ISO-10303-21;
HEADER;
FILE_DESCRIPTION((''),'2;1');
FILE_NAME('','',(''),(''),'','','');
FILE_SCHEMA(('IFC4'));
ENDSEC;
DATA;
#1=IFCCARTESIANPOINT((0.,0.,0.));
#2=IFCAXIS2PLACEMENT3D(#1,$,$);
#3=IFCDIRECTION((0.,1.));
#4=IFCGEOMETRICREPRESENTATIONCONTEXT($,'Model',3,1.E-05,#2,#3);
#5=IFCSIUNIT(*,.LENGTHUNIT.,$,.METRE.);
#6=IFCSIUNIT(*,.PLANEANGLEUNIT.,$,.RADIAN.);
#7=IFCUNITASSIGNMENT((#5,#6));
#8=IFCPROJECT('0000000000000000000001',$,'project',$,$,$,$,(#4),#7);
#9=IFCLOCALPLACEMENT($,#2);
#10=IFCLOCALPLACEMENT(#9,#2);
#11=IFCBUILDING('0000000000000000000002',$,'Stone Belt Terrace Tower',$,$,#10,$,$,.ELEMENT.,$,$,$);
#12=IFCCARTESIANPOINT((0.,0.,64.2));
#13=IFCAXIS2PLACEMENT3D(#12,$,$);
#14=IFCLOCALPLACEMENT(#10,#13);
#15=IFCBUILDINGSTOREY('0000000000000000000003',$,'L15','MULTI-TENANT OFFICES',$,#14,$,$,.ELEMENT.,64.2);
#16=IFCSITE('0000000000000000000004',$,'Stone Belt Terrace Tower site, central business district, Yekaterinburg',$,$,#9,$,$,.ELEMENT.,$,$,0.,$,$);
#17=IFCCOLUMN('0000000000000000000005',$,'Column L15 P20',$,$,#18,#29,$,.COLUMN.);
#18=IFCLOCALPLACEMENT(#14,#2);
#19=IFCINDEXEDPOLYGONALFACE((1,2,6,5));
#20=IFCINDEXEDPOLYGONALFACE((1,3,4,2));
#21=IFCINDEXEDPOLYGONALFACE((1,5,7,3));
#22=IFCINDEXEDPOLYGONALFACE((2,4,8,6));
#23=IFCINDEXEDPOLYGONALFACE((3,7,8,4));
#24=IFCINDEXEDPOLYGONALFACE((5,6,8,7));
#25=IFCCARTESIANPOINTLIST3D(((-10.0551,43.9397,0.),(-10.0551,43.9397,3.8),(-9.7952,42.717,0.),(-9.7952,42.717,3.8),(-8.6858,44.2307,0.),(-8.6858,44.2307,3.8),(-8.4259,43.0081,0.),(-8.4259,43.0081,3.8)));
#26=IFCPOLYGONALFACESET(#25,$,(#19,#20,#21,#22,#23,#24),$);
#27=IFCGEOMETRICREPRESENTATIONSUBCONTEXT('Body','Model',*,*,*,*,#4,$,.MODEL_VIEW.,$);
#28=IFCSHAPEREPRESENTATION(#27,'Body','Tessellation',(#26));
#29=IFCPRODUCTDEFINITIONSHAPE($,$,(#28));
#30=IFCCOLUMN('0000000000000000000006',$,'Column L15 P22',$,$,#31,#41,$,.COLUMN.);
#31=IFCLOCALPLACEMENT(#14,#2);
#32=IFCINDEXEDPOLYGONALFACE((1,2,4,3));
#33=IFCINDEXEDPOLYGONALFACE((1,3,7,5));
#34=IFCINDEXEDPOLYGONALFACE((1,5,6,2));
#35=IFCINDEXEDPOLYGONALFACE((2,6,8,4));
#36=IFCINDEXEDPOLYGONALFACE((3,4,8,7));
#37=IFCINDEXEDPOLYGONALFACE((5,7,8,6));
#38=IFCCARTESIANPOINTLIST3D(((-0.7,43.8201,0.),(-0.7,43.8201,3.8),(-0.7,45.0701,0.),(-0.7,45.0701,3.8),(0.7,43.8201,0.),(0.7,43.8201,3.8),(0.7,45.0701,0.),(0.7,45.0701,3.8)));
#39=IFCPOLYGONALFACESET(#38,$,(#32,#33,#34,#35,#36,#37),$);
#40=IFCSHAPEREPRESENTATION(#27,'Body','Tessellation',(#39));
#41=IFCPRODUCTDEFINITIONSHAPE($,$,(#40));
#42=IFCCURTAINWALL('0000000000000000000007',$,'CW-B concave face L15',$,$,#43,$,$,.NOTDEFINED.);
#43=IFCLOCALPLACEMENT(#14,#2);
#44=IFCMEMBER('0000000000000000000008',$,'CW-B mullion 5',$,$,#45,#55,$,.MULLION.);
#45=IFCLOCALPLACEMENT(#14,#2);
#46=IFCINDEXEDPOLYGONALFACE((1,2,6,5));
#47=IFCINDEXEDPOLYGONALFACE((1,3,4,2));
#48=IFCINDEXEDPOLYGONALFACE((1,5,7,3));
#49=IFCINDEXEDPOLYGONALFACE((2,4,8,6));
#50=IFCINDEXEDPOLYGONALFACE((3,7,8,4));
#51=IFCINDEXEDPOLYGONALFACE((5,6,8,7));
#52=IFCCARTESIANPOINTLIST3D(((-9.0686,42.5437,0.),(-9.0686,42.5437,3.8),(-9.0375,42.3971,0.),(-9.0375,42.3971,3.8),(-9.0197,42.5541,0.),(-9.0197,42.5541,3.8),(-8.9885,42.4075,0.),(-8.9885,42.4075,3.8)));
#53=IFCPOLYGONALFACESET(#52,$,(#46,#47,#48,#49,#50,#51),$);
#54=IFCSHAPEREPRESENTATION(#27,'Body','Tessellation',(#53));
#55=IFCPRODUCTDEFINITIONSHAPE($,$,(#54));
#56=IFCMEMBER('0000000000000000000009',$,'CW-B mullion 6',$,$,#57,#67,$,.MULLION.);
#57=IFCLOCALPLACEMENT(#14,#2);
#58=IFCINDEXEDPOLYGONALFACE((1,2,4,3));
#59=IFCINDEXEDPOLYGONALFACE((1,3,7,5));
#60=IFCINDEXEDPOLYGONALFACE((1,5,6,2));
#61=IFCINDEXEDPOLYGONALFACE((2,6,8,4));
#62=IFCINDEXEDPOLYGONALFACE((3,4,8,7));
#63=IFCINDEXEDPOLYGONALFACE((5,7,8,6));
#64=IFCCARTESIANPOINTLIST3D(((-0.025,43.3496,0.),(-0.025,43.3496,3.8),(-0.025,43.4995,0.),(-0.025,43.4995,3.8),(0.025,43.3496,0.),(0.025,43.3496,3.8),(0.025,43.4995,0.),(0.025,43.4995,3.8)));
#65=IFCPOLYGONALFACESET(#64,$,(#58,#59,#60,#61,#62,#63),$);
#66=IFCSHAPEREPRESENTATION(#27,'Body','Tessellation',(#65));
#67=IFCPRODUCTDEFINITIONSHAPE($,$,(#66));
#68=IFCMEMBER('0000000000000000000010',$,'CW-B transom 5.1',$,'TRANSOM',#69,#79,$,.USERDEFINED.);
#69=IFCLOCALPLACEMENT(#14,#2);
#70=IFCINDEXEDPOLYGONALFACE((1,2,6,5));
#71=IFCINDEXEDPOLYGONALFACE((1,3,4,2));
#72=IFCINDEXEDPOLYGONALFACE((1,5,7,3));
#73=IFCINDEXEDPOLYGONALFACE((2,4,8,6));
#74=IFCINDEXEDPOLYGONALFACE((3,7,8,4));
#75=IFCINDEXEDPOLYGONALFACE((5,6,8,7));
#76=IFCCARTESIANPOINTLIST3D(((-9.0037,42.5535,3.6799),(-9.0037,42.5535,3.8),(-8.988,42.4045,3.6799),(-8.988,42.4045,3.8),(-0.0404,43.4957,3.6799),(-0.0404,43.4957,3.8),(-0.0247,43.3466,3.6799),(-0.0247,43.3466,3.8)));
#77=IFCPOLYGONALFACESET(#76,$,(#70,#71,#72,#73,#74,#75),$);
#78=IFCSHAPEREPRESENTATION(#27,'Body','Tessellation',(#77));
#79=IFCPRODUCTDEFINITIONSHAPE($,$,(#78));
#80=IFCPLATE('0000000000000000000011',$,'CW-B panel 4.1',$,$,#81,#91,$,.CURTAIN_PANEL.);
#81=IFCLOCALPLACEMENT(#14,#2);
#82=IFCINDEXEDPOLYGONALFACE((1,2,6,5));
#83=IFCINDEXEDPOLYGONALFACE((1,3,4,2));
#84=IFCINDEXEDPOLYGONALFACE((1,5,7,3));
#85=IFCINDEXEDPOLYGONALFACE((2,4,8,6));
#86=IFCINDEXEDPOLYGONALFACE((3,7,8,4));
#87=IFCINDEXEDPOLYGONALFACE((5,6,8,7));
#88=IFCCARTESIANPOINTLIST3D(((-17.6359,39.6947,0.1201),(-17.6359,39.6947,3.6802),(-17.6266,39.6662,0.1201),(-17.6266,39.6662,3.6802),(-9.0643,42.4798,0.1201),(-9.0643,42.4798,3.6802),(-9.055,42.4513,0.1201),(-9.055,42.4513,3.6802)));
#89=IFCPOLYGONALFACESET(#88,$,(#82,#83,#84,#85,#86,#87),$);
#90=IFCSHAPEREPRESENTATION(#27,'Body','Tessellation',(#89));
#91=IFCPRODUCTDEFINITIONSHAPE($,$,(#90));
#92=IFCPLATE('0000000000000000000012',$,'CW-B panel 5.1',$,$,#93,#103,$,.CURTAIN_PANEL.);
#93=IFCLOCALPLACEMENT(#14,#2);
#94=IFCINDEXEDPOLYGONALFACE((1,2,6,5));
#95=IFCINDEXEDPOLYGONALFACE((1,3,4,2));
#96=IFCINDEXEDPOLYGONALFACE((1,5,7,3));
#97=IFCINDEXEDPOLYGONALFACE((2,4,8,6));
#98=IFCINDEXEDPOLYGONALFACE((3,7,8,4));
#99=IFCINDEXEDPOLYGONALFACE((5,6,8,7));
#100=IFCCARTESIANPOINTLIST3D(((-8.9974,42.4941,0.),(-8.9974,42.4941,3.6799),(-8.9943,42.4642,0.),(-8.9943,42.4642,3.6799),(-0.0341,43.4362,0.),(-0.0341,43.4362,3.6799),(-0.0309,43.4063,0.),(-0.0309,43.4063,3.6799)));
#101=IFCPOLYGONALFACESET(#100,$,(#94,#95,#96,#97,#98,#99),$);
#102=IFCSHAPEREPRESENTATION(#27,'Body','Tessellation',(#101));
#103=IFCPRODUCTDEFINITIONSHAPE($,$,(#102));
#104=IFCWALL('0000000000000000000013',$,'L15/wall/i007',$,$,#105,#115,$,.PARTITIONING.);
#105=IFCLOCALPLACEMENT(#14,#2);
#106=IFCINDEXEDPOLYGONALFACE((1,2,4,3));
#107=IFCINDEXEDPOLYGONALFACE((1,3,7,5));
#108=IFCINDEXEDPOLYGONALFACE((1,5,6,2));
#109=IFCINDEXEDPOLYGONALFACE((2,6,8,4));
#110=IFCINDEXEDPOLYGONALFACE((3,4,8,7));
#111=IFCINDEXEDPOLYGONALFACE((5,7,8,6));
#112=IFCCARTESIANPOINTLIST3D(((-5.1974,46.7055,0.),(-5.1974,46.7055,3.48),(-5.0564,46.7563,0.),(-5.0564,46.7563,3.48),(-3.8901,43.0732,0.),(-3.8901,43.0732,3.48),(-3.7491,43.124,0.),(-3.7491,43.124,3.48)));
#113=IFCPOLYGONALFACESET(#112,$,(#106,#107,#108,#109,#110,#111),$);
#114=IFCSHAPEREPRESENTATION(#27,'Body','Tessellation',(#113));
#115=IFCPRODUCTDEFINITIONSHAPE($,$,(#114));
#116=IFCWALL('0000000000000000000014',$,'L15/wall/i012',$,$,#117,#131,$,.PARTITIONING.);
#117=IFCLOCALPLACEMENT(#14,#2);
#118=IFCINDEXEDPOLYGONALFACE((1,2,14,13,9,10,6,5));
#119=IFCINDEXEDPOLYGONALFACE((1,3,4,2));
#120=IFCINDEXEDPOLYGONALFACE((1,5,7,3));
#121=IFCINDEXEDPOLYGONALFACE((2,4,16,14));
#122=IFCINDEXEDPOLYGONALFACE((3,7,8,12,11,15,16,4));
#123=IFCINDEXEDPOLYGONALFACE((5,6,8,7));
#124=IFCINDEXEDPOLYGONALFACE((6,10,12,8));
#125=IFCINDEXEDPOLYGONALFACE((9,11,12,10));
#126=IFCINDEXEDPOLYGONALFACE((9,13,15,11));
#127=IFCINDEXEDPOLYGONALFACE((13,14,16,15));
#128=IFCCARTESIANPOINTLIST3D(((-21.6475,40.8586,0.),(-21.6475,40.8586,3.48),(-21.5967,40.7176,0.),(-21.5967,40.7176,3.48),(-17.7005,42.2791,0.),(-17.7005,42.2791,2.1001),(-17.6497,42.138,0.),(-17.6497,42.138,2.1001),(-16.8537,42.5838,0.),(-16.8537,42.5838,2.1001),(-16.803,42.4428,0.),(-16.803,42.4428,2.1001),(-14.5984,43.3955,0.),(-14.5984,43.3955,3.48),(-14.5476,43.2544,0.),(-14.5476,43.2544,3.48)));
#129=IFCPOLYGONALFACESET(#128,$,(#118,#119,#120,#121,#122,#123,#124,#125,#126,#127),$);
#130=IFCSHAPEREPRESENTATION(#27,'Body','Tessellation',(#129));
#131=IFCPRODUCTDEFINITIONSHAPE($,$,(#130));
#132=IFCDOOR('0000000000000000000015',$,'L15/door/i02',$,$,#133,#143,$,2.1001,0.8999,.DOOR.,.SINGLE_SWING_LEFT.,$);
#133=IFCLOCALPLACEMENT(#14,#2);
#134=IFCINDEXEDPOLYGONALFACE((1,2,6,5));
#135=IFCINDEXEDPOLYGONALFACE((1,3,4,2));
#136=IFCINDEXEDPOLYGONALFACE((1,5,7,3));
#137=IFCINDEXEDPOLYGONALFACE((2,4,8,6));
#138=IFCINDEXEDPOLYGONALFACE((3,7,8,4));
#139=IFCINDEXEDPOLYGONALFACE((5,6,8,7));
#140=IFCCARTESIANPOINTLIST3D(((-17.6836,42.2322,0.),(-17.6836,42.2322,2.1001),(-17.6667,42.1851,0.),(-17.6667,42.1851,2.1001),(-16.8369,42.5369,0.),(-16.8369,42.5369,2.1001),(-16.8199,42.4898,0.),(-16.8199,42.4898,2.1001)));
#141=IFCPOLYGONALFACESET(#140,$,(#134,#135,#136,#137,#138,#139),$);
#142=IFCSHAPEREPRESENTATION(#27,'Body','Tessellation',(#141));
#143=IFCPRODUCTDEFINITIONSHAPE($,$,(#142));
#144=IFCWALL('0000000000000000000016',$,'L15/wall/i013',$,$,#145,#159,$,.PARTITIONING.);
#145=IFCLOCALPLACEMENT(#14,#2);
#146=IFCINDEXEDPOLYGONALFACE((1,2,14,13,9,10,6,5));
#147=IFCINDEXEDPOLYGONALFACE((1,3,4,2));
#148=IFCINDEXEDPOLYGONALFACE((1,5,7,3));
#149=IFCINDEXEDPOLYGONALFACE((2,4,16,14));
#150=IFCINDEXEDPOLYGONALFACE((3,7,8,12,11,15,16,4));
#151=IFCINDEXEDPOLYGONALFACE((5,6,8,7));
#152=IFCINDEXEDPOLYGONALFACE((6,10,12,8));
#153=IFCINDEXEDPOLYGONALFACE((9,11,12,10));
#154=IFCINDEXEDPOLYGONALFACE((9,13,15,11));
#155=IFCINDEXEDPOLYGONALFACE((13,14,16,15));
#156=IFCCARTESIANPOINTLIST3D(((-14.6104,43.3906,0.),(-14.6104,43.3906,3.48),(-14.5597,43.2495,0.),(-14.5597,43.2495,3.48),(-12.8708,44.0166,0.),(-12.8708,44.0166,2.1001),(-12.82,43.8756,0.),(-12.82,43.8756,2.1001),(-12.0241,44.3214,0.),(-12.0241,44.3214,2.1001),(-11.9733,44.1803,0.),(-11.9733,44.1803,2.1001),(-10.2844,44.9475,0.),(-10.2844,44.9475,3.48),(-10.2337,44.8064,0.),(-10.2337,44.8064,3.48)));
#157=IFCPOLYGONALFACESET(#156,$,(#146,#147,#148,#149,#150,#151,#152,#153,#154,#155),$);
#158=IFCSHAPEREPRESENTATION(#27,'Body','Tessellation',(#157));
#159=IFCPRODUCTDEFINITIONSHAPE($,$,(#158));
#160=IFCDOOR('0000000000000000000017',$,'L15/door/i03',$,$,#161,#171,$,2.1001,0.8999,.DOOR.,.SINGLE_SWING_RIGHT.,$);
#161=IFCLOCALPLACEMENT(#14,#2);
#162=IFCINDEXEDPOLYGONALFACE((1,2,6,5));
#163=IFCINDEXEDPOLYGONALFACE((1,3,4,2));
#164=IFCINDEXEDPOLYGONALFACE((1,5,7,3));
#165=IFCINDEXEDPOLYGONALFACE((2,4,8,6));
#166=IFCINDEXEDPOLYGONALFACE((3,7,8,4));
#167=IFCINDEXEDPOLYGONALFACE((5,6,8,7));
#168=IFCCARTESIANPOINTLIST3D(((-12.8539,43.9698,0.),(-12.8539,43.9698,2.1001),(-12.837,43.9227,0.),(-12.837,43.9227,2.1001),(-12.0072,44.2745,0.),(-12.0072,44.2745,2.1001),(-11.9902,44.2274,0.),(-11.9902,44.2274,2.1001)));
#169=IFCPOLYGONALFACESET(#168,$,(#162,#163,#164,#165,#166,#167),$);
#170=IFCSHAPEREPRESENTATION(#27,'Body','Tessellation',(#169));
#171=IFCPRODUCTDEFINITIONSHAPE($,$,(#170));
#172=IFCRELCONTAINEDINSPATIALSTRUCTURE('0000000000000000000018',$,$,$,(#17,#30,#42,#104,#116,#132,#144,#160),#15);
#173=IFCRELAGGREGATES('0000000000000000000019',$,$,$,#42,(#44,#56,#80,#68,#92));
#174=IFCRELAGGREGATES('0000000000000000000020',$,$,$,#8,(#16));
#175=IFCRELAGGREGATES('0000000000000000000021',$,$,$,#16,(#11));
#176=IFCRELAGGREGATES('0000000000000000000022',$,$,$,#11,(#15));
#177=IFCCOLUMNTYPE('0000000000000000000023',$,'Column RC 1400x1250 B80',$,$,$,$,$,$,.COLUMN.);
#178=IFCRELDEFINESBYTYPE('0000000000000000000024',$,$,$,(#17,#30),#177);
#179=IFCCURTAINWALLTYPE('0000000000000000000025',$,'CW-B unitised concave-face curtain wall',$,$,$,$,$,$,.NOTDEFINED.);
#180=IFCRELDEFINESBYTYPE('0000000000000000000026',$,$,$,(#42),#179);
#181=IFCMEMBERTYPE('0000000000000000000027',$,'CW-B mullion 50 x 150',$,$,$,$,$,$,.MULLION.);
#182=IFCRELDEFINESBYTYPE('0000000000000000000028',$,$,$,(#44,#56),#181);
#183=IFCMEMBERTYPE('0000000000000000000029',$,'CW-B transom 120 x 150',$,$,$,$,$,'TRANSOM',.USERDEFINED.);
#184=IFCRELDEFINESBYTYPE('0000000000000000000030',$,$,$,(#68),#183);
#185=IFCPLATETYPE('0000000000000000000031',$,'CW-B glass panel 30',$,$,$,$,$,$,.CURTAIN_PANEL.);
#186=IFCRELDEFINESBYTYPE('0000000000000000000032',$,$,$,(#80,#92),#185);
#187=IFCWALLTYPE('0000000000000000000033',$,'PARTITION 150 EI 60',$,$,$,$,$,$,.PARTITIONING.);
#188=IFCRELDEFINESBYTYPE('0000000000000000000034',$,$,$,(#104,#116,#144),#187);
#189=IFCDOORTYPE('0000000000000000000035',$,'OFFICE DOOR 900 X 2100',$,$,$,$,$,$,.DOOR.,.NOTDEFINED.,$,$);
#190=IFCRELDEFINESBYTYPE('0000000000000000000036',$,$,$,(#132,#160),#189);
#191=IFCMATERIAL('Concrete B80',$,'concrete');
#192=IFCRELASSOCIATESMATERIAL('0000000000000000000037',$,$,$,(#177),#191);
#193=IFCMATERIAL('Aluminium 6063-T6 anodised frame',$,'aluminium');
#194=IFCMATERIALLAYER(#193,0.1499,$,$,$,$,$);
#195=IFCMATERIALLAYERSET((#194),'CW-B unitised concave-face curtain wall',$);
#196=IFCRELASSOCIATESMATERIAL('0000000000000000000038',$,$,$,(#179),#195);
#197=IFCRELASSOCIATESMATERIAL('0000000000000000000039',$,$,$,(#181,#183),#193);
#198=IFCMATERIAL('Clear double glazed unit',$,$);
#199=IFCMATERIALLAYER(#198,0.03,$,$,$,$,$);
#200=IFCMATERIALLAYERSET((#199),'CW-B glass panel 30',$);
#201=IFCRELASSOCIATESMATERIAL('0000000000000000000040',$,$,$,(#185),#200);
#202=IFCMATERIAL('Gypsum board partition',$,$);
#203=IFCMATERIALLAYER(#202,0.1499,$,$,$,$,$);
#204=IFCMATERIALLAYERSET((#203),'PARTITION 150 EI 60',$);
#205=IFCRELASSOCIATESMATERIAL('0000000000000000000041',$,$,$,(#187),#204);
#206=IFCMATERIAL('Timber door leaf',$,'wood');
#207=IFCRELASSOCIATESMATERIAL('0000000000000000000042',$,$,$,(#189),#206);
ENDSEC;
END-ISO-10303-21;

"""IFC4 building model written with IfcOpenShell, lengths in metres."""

from ifc_helpers import new_model, si_unit, direction, frame, frame_2d, origin, origin_2d, place, context, subcontext, project, spatial, rectangle, extrude, material, layer, layer_set, material_profile, profile_set, type_object, element, fill, aggregate, save


model = new_model("IFC4")

# Units and contexts
model_context = context("Model", 3, precision=1e-05, world=origin(), true_north=direction((0.0, 1.0)))
body_context = subcontext(model_context, "Body", "Model", "MODEL_VIEW")
ifc_project = project(units=[si_unit("LENGTHUNIT", "METRE"), si_unit("PLANEANGLEUNIT", "RADIAN")], contexts=[model_context])

# Site, building, storey
site_placement = place(None, origin())
site = spatial("IfcSite", under=ifc_project, at=site_placement, Name="Stone Belt Terrace Tower site, central business district, Yekaterinburg", CompositionType="ELEMENT", RefElevation=0.0)
building_placement = place(site_placement, origin())
building = spatial("IfcBuilding", under=site, at=building_placement, Name="Stone Belt Terrace Tower", CompositionType="ELEMENT")
storey_placement = place(building_placement, frame((0.0, 0.0, 64.2)))
storey = spatial("IfcBuildingStorey", under=building, at=storey_placement, Name="L15", Description="MULTI-TENANT OFFICES", CompositionType="ELEMENT", Elevation=64.2)

# Columns
ifc_material_1 = material(Name="Concrete B80", Category="concrete")
ifc_material_profile_1 = material_profile(ifc_material_1, rectangle(XDim=1.3999, YDim=1.25, at=origin_2d()), Name="RC 1400x1250")
ifc_profile_set_1 = profile_set([ifc_material_profile_1], Name="Concrete B80")
column_type = type_object("IfcColumnType", Name="Column RC 1400x1250 B80", PredefinedType="COLUMN", material=ifc_profile_set_1)
for number, where, z_axis, x_axis, name in (
    (1, (-9.2405, 43.4739, 0.0), (0.0, 0.0, 1.0), (0.978148, 0.207912, 0.0), "Column L15 P20"),
    (2, (0.0, 44.4451, 0.0), (0.0, 0.0, 1.0), (1.0, 0.0, 0.0), "Column L15 P22"),
):
    element("IfcColumn", number, at=place(storey_placement, frame(where, z_axis=z_axis, x_axis=x_axis)), inside=storey, type_object=column_type, Name=name, PredefinedType="COLUMN", context=body_context, shape_type="SweptSolid", body=[
        extrude(rectangle(XDim=1.3999, YDim=1.25, at=origin_2d()), origin(), (0.0, 0.0, 1.0), 3.8),
    ])

# Curtain wall, members, plates
ifc_material_2 = material(Name="Aluminium 6063-T6 anodised frame", Category="aluminium")
ifc_layer_1 = layer(ifc_material_2, 0.1499)
ifc_layer_set_1 = layer_set([ifc_layer_1], Name="CW-B unitised concave-face curtain wall")
curtain_wall_type = type_object("IfcCurtainWallType", Name="CW-B unitised concave-face curtain wall", PredefinedType="NOTDEFINED", material=ifc_layer_set_1)
curtain_wall_placement = place(storey_placement, origin())
curtain_wall = element("IfcCurtainWall", 3, at=curtain_wall_placement, inside=storey, type_object=curtain_wall_type, Name="CW-B concave face L15", PredefinedType="NOTDEFINED")
ifc_material_profile_2 = material_profile(ifc_material_2, rectangle(XDim=0.1499, YDim=0.05, at=origin_2d()), Name="Aluminium 6063-T6 50x150")
ifc_profile_set_2 = profile_set([ifc_material_profile_2], Name="Aluminium 6063-T6 anodised frame")
member_type_1 = type_object("IfcMemberType", Name="CW-B mullion 50 x 150", PredefinedType="MULLION", material=ifc_profile_set_2)
member_1_placement = place(storey_placement, frame((-9.0286, 42.4756, 0.0), z_axis=(0.0, 0.0, 1.0), x_axis=(-0.207912, 0.978148, 0.0)))
member_1 = element("IfcMember", 4, at=member_1_placement, type_object=member_type_1, Name="CW-B mullion 5", PredefinedType="MULLION", context=body_context, shape_type="SweptSolid", body=[
    extrude(rectangle(XDim=0.1499, YDim=0.05, at=origin_2d()), origin(), (0.0, 0.0, 1.0), 3.8),
])
member_2_placement = place(storey_placement, frame((0.0, 43.4246, 0.0), z_axis=(0.0, 0.0, 1.0), x_axis=(0.0, 1.0, 0.0)))
member_2 = element("IfcMember", 5, at=member_2_placement, type_object=member_type_1, Name="CW-B mullion 6", PredefinedType="MULLION", context=body_context, shape_type="SweptSolid", body=[
    extrude(rectangle(XDim=0.1499, YDim=0.05, at=origin_2d()), origin(), (0.0, 0.0, 1.0), 3.8),
])
ifc_material_profile_3 = material_profile(ifc_material_2, rectangle(XDim=0.1499, YDim=0.1201, at=origin_2d()), Name="Aluminium 6063-T6 150x120")
ifc_profile_set_3 = profile_set([ifc_material_profile_3], Name="Aluminium 6063-T6 anodised frame")
member_type_2 = type_object("IfcMemberType", Name="CW-B transom 120 x 150", ElementType="TRANSOM", PredefinedType="USERDEFINED", material=ifc_profile_set_3)
member_3_placement = place(storey_placement, frame((-8.9958, 42.479, 3.74), z_axis=(0.994521, 0.104534, 0.0), x_axis=(-0.104534, 0.994521, 0.0)))
member_3 = element("IfcMember", 6, at=member_3_placement, type_object=member_type_2, Name="CW-B transom 5.1", ObjectType="TRANSOM", PredefinedType="USERDEFINED", context=body_context, shape_type="SweptSolid", body=[
    extrude(rectangle(XDim=0.1499, YDim=0.1201, at=origin_2d()), origin(), (0.0, 0.0, 1.0), 9.0127),
])
ifc_material_3 = material(Name="Clear double glazed unit")
ifc_layer_2 = layer(ifc_material_3, 0.03)
ifc_layer_set_2 = layer_set([ifc_layer_2], Name="CW-B glass panel 30")
plate_type = type_object("IfcPlateType", Name="CW-B glass panel 30", PredefinedType="CURTAIN_PANEL", material=ifc_layer_set_2)
plate_1_placement = place(storey_placement, frame((-13.3455, 41.073, 0.1201), z_axis=(0.0, 0.0, 1.0), x_axis=(0.951057, 0.309017, 0.0)))
plate_1 = element("IfcPlate", 7, at=plate_1_placement, type_object=plate_type, Name="CW-B panel 4.1", PredefinedType="CURTAIN_PANEL", context=body_context, shape_type="SweptSolid", body=[
    extrude(rectangle(XDim=9.0127, YDim=0.03, at=origin_2d()), origin(), (0.0, 0.0, 1.0), 3.5601),
])
plate_2_placement = place(storey_placement, frame((-4.5142, 42.9502, 0.0), z_axis=(0.0, 0.0, 1.0), x_axis=(0.994522, 0.104528, 0.0)))
plate_2 = element("IfcPlate", 8, at=plate_2_placement, type_object=plate_type, Name="CW-B panel 5.1", PredefinedType="CURTAIN_PANEL", context=body_context, shape_type="SweptSolid", body=[
    extrude(rectangle(XDim=9.0127, YDim=0.03, at=origin_2d()), origin(), (0.0, 0.0, 1.0), 3.6799),
])
aggregate(curtain_wall, [member_1, member_2, plate_1, member_3, plate_2])

# Wall
ifc_material_4 = material(Name="Gypsum board partition")
ifc_layer_3 = layer(ifc_material_4, 0.1499)
ifc_layer_set_3 = layer_set([ifc_layer_3], Name="PARTITION 150 EI 60")
wall_type_1 = type_object("IfcWallType", Name="PARTITION 150 EI 60", PredefinedType="PARTITIONING", material=ifc_layer_set_3)
wall_1_placement = place(storey_placement, frame((-3.8196, 43.0986, 0.0), z_axis=(0.0, 0.0, 1.0), x_axis=(-0.338659, 0.940909, 0.0)))
element("IfcWall", 9, at=wall_1_placement, inside=storey, type_object=wall_type_1, Name="L15/wall/i007", PredefinedType="PARTITIONING", context=body_context, shape_type="SweptSolid", body=[
    extrude(rectangle(XDim=3.8604, YDim=0.1499, at=frame_2d((1.9302, 0.0))), origin(), (0.0, 0.0, 1.0), 3.48),
])

# Walls, openings, doors
wall_2_placement = place(storey_placement, frame((-14.573, 43.325, 0.0), z_axis=(0.0, 0.0, 1.0), x_axis=(-0.940921, -0.338625, 0.0)))
wall_2 = element("IfcWall", 10, at=wall_2_placement, inside=storey, type_object=wall_type_1, Name="L15/wall/i012", PredefinedType="PARTITIONING", context=body_context, shape_type="SweptSolid", body=[
    extrude(rectangle(XDim=7.4917, YDim=0.1499, at=frame_2d((3.7458, 0.0))), origin(), (0.0, 0.0, 1.0), 3.48),
])
opening_1_placement = place(wall_2_placement, frame((2.397, 0.0, 0.0)))
opening_1 = element("IfcOpeningElement", 11, at=opening_1_placement, cuts=wall_2, PredefinedType="OPENING", context=body_context, shape_type="SweptSolid", body=[
    extrude(rectangle(XDim=0.8999, YDim=2.1001, at=frame_2d((0.45, 1.05))), frame((0.0, 0.085, 0.0), z_axis=(0.0, -1.0, 0.0), x_axis=(1.0, 0.0, 0.0)), (0.0, 0.0, 1.0), 0.1699),
])
ifc_material_5 = material(Name="Timber door leaf", Category="wood")
door_type_1 = type_object("IfcDoorType", Name="OFFICE DOOR 900 X 2100", OperationType="NOTDEFINED", PredefinedType="DOOR", material=ifc_material_5)
door_1_placement = place(opening_1_placement, origin())
door_1 = element("IfcDoor", 12, at=door_1_placement, inside=storey, type_object=door_type_1, Name="L15/door/i02", OperationType="SINGLE_SWING_LEFT", OverallHeight=2.1001, OverallWidth=0.8999, PredefinedType="DOOR", context=body_context, shape_type="SweptSolid", body=[
    extrude(rectangle(XDim=0.8999, YDim=2.1001, at=frame_2d((0.45, 1.05))), frame((0.0, 0.0249, 0.0), z_axis=(0.0, -1.0, 0.0), x_axis=(1.0, 0.0, 0.0)), (0.0, 0.0, 1.0), 0.05),
])
fill(opening_1, door_1)
wall_3_placement = place(storey_placement, frame((-10.259, 44.877, 0.0), z_axis=(0.0, 0.0, 1.0), x_axis=(-0.940919, -0.338633, 0.0)))
wall_3 = element("IfcWall", 13, at=wall_3_placement, inside=storey, type_object=wall_type_1, Name="L15/wall/i013", PredefinedType="PARTITIONING", context=body_context, shape_type="SweptSolid", body=[
    extrude(rectangle(XDim=4.5977, YDim=0.1499, at=frame_2d((2.2988, 0.0))), origin(), (0.0, 0.0, 1.0), 3.48),
])
opening_2_placement = place(wall_3_placement, frame((1.8489, 0.0, 0.0)))
opening_2 = element("IfcOpeningElement", 14, at=opening_2_placement, cuts=wall_3, PredefinedType="OPENING", context=body_context, shape_type="SweptSolid", body=[
    extrude(rectangle(XDim=0.8999, YDim=2.1001, at=frame_2d((0.45, 1.05))), frame((0.0, 0.085, 0.0), z_axis=(0.0, -1.0, 0.0), x_axis=(1.0, 0.0, 0.0)), (0.0, 0.0, 1.0), 0.1699),
])
door_2_placement = place(opening_2_placement, origin())
door_2 = element("IfcDoor", 15, at=door_2_placement, inside=storey, type_object=door_type_1, Name="L15/door/i03", OperationType="SINGLE_SWING_RIGHT", OverallHeight=2.1001, OverallWidth=0.8999, PredefinedType="DOOR", context=body_context, shape_type="SweptSolid", body=[
    extrude(rectangle(XDim=0.8999, YDim=2.1001, at=frame_2d((0.45, 1.05))), frame((0.0, 0.0249, 0.0), z_axis=(0.0, -1.0, 0.0), x_axis=(1.0, 0.0, 0.0)), (0.0, 0.0, 1.0), 0.05),
])
fill(opening_2, door_2)

save(model, "model.ifc")
